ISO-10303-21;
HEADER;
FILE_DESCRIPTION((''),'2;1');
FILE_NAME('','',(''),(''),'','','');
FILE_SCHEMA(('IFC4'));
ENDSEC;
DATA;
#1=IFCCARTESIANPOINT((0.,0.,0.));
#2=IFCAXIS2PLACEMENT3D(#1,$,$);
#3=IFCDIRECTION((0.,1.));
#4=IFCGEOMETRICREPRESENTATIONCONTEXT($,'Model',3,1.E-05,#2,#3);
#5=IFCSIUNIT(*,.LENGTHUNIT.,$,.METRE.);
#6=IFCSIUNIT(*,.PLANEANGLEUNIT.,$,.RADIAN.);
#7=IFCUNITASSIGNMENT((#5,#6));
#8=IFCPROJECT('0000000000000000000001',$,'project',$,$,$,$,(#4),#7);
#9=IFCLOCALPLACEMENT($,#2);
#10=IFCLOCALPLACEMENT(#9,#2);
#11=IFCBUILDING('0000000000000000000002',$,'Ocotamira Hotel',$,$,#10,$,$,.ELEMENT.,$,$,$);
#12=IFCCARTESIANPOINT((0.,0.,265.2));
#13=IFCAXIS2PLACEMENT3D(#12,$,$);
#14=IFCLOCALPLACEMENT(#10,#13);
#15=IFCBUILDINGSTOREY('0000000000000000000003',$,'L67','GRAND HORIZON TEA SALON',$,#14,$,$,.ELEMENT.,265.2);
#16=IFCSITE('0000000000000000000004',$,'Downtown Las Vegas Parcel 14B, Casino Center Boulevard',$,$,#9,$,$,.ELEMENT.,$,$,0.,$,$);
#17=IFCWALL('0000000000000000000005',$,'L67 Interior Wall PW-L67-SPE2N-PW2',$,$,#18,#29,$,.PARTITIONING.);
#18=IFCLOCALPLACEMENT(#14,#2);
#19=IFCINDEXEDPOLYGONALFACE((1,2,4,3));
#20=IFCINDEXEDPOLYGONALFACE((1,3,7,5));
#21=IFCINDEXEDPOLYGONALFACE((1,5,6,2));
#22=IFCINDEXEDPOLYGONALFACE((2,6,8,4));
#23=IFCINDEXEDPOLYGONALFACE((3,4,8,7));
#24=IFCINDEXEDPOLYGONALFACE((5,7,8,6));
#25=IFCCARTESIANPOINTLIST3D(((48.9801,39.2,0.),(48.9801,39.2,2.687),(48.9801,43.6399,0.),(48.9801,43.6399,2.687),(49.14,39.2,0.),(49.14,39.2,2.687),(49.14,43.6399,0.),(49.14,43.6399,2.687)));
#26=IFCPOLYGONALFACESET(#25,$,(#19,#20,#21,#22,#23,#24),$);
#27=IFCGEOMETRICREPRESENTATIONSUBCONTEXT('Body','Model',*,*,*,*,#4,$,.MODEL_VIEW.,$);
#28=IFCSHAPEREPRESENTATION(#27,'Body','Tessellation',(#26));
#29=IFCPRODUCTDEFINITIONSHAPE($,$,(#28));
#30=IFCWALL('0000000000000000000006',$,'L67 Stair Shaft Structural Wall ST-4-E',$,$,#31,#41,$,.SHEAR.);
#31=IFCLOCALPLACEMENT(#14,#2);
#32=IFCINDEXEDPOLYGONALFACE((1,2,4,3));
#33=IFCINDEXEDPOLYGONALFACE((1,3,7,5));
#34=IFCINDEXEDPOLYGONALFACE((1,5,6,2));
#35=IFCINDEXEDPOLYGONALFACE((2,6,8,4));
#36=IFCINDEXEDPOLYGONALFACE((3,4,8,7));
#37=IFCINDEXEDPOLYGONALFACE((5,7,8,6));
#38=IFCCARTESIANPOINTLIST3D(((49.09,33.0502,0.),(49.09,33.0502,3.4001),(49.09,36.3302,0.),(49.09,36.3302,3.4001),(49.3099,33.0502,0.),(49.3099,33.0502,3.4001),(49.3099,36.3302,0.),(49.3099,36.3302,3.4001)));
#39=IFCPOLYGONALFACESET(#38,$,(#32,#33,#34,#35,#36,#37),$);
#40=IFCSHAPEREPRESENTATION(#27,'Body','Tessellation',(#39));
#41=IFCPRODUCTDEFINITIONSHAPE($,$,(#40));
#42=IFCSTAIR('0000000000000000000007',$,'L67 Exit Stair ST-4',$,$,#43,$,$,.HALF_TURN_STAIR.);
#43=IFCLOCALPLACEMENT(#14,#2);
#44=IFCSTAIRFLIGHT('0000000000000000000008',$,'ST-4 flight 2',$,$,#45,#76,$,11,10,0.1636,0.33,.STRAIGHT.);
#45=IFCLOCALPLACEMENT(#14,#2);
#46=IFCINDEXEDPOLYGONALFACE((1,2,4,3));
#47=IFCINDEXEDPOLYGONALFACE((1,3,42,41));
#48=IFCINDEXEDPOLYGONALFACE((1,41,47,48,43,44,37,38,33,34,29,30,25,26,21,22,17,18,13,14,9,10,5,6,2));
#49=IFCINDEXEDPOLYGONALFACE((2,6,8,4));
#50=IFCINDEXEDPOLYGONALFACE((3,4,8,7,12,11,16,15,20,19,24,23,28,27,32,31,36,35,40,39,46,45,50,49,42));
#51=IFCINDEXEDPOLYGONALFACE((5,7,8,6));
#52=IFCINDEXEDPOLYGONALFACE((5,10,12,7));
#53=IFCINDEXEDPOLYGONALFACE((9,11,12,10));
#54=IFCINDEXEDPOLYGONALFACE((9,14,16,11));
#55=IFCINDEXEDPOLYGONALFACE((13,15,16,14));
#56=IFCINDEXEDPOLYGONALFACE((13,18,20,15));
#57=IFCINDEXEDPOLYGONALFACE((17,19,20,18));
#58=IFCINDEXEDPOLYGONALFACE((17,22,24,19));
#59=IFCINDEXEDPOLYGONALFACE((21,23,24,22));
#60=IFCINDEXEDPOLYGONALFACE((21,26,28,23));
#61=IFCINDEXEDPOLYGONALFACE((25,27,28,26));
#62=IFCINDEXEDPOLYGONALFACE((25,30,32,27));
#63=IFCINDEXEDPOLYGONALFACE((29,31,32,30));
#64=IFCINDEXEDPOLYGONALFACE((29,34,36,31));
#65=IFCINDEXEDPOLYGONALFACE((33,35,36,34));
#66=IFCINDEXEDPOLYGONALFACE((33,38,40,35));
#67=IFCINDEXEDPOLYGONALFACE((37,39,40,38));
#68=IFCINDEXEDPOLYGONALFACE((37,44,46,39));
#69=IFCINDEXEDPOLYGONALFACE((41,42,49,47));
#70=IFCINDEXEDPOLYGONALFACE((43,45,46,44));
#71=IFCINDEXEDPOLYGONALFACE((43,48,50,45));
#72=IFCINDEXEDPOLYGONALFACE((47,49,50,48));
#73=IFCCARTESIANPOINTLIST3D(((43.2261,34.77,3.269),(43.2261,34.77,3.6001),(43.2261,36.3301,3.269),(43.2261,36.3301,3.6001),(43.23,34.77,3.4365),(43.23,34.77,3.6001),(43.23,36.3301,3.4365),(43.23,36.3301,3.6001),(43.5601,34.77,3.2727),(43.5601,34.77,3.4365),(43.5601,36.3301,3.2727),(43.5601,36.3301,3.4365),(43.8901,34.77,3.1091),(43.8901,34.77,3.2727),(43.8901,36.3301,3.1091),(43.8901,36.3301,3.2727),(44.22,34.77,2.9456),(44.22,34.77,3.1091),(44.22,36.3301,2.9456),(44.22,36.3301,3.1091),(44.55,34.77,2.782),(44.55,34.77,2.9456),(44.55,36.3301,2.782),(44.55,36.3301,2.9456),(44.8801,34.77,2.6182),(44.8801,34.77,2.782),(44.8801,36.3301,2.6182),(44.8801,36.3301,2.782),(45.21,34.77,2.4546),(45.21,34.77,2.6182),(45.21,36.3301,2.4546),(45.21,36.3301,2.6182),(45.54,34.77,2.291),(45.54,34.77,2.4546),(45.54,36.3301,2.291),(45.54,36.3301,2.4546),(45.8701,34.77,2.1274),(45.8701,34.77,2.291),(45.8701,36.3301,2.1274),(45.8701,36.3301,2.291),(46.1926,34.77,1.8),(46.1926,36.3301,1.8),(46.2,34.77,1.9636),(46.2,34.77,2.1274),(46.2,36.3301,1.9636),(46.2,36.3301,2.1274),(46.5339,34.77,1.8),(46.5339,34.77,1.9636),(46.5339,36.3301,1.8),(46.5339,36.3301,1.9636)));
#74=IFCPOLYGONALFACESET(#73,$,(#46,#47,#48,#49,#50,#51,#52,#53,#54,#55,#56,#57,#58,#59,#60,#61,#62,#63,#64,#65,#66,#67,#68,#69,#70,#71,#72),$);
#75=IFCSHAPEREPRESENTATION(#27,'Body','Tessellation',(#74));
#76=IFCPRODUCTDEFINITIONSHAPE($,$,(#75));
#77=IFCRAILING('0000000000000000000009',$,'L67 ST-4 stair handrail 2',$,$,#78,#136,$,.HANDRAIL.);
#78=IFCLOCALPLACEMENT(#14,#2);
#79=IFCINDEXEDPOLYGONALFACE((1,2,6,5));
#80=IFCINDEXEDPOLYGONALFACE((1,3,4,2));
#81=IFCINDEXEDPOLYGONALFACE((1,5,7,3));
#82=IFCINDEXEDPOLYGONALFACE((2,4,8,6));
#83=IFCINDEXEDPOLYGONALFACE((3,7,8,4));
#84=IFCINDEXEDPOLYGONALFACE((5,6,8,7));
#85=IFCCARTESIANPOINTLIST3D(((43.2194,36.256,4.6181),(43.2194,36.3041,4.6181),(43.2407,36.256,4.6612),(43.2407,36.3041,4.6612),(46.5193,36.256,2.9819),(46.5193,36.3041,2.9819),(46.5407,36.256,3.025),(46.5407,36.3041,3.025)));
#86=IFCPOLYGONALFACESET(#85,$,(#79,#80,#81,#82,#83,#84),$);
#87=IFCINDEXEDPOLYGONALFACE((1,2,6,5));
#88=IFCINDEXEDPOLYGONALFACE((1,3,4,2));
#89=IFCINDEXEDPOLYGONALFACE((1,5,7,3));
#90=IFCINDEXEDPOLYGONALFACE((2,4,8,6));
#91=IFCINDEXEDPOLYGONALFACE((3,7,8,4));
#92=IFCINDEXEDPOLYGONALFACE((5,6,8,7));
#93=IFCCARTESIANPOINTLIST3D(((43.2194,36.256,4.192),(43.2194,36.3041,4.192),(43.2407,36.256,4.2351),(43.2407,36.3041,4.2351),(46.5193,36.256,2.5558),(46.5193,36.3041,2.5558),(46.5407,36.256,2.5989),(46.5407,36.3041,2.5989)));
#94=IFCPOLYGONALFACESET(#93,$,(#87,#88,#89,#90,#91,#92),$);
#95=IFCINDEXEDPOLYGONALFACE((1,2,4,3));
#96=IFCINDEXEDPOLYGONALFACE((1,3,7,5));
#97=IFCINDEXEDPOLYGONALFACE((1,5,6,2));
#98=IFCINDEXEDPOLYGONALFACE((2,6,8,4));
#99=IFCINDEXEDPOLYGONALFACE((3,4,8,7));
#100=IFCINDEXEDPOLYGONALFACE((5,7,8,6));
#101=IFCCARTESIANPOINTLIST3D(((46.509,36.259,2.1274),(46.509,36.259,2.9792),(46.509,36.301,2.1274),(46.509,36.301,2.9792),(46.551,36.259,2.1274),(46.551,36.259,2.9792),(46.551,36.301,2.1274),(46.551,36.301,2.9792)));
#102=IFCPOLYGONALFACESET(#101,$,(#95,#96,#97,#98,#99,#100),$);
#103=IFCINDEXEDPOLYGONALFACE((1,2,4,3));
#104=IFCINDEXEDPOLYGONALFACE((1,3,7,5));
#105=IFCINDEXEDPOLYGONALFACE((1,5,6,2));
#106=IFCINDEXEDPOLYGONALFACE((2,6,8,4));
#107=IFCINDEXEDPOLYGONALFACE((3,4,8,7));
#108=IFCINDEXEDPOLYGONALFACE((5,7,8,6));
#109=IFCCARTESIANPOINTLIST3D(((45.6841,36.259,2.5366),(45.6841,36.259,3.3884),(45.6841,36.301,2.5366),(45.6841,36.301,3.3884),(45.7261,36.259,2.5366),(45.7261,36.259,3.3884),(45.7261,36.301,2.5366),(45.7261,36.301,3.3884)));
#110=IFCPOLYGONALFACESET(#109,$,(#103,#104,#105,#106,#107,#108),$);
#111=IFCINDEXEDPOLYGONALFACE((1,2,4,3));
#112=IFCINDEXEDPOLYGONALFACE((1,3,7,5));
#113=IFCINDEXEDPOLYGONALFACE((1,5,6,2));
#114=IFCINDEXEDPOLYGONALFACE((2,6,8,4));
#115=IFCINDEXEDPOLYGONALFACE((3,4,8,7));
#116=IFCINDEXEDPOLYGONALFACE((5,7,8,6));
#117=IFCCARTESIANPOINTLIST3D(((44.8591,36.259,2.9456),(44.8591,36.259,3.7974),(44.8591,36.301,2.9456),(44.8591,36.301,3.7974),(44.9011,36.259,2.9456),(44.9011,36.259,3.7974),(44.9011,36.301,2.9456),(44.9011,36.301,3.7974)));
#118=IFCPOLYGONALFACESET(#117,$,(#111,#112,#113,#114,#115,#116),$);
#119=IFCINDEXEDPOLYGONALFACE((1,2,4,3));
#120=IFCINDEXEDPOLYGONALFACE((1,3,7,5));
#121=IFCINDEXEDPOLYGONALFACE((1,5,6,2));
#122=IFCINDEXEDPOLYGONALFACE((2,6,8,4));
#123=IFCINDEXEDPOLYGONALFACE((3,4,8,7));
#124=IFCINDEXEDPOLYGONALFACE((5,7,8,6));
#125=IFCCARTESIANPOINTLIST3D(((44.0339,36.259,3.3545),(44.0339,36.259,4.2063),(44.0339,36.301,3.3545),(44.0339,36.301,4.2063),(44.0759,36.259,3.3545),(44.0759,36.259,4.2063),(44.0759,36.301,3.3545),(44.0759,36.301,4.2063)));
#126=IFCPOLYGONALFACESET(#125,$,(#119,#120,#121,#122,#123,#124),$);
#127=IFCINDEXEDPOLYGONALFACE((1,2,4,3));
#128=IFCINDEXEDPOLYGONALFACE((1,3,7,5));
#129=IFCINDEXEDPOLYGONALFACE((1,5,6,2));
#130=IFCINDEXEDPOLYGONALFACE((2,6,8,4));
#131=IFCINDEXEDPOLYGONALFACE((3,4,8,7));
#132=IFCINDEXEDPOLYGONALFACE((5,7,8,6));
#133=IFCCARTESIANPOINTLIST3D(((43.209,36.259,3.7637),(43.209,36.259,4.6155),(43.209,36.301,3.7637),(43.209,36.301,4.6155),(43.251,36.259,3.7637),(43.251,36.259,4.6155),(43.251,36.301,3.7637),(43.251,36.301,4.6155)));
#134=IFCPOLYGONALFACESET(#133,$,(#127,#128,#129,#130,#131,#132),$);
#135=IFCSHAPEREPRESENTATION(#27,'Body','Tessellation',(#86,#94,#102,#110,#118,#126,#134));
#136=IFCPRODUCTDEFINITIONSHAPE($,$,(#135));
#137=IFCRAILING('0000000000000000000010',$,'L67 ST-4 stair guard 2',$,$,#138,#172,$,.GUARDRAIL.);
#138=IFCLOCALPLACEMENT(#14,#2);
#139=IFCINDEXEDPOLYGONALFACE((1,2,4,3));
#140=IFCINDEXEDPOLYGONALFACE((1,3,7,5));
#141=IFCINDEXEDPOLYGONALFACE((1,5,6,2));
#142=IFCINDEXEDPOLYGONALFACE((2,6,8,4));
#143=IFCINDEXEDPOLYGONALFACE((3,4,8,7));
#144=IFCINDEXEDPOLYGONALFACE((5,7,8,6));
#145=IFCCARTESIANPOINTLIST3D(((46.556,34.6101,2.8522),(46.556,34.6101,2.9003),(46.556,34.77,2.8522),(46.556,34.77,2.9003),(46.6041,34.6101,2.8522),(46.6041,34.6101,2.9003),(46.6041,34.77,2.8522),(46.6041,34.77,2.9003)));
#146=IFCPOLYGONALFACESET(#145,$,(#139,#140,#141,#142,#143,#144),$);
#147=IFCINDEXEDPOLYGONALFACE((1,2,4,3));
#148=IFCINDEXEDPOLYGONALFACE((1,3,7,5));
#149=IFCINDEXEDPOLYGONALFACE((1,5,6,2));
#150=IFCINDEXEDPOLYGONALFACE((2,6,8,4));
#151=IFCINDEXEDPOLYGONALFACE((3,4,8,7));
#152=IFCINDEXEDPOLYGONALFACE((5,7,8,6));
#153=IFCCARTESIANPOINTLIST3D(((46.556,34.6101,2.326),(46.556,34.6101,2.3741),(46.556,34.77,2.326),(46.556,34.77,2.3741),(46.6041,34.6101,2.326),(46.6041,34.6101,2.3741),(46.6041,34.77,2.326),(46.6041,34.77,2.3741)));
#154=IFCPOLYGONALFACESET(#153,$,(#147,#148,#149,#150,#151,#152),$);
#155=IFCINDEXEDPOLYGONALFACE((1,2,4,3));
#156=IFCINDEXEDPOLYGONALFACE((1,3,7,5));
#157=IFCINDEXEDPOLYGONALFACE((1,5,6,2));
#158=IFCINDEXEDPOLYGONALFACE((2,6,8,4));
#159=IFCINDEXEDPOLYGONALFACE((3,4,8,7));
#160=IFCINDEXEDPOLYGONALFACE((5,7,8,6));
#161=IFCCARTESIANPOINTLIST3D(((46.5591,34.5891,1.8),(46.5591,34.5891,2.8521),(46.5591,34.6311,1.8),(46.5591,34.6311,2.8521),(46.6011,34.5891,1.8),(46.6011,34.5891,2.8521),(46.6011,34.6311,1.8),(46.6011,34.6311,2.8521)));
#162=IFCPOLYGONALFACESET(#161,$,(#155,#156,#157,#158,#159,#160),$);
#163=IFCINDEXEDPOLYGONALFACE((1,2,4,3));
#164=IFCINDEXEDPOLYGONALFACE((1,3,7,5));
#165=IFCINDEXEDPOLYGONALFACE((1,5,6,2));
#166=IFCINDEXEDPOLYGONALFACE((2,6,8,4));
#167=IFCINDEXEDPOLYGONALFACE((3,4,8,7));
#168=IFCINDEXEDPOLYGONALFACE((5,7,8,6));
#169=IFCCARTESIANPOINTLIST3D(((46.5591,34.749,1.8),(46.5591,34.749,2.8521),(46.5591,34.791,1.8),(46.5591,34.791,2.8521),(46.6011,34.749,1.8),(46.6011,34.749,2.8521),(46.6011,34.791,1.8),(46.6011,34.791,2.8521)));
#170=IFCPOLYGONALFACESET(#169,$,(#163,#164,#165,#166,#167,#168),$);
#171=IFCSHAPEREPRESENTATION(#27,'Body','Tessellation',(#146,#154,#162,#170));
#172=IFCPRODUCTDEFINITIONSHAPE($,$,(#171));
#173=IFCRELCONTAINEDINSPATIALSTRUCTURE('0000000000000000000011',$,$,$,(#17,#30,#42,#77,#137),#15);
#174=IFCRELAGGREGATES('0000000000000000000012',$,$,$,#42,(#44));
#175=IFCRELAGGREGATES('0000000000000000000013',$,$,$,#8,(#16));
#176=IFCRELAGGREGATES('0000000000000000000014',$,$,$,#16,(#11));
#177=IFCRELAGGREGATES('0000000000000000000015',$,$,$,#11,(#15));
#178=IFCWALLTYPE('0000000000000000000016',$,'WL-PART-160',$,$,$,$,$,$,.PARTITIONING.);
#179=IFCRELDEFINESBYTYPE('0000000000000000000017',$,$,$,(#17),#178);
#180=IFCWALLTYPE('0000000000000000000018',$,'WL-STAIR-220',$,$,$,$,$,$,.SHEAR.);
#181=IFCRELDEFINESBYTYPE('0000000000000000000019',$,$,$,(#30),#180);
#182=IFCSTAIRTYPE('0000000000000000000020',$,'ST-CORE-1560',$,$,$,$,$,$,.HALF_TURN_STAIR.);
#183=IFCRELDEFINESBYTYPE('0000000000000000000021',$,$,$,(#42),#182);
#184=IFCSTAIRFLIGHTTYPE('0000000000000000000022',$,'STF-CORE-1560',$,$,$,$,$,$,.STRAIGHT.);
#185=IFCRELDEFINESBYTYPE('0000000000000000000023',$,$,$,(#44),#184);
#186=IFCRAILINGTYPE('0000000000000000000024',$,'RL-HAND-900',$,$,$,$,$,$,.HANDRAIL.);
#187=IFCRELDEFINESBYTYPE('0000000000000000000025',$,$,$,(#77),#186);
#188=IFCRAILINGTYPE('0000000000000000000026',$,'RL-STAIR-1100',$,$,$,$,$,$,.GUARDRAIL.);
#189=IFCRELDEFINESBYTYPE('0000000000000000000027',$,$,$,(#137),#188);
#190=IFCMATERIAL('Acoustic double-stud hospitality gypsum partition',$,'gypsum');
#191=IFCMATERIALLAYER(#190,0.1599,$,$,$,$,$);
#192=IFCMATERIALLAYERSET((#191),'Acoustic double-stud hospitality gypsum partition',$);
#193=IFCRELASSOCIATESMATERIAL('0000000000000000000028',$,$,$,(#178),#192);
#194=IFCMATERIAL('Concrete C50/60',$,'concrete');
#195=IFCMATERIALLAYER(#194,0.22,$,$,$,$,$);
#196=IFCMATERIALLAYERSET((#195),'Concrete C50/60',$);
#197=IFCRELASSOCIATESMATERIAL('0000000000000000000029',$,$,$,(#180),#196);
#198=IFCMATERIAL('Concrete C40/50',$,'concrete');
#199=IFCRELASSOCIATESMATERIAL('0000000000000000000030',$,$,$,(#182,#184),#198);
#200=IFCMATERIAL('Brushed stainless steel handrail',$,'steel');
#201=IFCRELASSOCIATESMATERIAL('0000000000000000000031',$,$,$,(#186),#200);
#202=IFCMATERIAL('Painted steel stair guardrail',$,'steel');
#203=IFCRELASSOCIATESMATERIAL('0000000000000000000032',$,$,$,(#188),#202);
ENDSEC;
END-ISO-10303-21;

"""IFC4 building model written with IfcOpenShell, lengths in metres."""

from ifc_helpers import new_model, si_unit, direction, frame, frame_2d, origin, origin_2d, place, context, subcontext, project, spatial, polyline, rectangle, outline, extrude, source, transform, mapped, material, layer, layer_set, type_object, element, aggregate, save


model = new_model("IFC4")

# Units and contexts
model_context = context("Model", 3, precision=1e-05, world=origin(), true_north=direction((0.0, 1.0)))
body_context = subcontext(model_context, "Body", "Model", "MODEL_VIEW")
ifc_project = project(units=[si_unit("LENGTHUNIT", "METRE"), si_unit("PLANEANGLEUNIT", "RADIAN")], contexts=[model_context])

# Site, building, storey
site_placement = place(None, origin())
site = spatial("IfcSite", under=ifc_project, at=site_placement, Name="Downtown Las Vegas Parcel 14B, Casino Center Boulevard", CompositionType="ELEMENT", RefElevation=0.0)
building_placement = place(site_placement, origin())
building = spatial("IfcBuilding", under=site, at=building_placement, Name="Ocotamira Hotel", CompositionType="ELEMENT")
storey_placement = place(building_placement, frame((0.0, 0.0, 265.2)))
storey = spatial("IfcBuildingStorey", under=building, at=storey_placement, Name="L67", Description="GRAND HORIZON TEA SALON", CompositionType="ELEMENT", Elevation=265.2)

# Walls
ifc_material_1 = material(Name="Acoustic double-stud hospitality gypsum partition", Category="gypsum")
ifc_layer_1 = layer(ifc_material_1, 0.1599)
ifc_layer_set_1 = layer_set([ifc_layer_1], Name="Acoustic double-stud hospitality gypsum partition")
wall_type_1 = type_object("IfcWallType", Name="WL-PART-160", PredefinedType="PARTITIONING", material=ifc_layer_set_1)
for number, where, z_axis, x_axis, name in (
    (1, (49.0601, 39.2, 0.0), (0.0, 0.0, 1.0), (0.0, 1.0, 0.0), "L67 Interior Wall PW-L67-SPE2N-PW2"),
):
    element("IfcWall", number, at=place(storey_placement, frame(where, z_axis=z_axis, x_axis=x_axis)), inside=storey, type_object=wall_type_1, Name=name, PredefinedType="PARTITIONING", context=body_context, shape_type="SweptSolid", body=[
        extrude(rectangle(XDim=4.4399, YDim=0.1599, at=frame_2d((2.22, 0.0))), origin(), (0.0, 0.0, 1.0), 2.687),
    ])
ifc_material_2 = material(Name="Concrete C50/60", Category="concrete")
ifc_layer_2 = layer(ifc_material_2, 0.22)
ifc_layer_set_2 = layer_set([ifc_layer_2], Name="Concrete C50/60")
wall_type_2 = type_object("IfcWallType", Name="WL-STAIR-220", PredefinedType="SHEAR", material=ifc_layer_set_2)
wall_1_placement = place(storey_placement, frame((49.2, 33.05, 0.0), z_axis=(0.0, 0.0, 1.0), x_axis=(0.0, 1.0, 0.0)))
element("IfcWall", 2, at=wall_1_placement, inside=storey, type_object=wall_type_2, Name="L67 Stair Shaft Structural Wall ST-4-E", PredefinedType="SHEAR", context=body_context, shape_type="SweptSolid", body=[
    extrude(rectangle(XDim=3.28, YDim=0.22, at=frame_2d((1.6401, 0.0))), origin(), (0.0, 0.0, 1.0), 3.4001),
])

# Stair, stair flight
ifc_material_3 = material(Name="Concrete C40/50", Category="concrete")
stair_type = type_object("IfcStairType", Name="ST-CORE-1560", PredefinedType="HALF_TURN_STAIR", material=ifc_material_3)
stair_placement = place(storey_placement, origin())
stair = element("IfcStair", 3, at=stair_placement, inside=storey, type_object=stair_type, Name="L67 Exit Stair ST-4", PredefinedType="HALF_TURN_STAIR")
stair_flight_type = type_object("IfcStairFlightType", Name="STF-CORE-1560", PredefinedType="STRAIGHT", material=ifc_material_3)
shared_shape_1 = source(origin(), body_context, "Body", "SweptSolid", [
    extrude(outline(polyline([(-0.0039, 0.0), (-0.0039, 0.1636), (0.3301, 0.1636), (0.3301, 0.3274), (0.6599, 0.3274), (0.6599, 0.491), (0.99, 0.491), (0.99, 0.6545), (1.3201, 0.6545), (1.3201, 0.8181), (1.6499, 0.8181), (1.6499, 0.9819), (1.98, 0.9819), (1.98, 1.1455), (2.3101, 1.1455), (2.3101, 1.3091), (2.6399, 1.3091), (2.6399, 1.4727), (2.97, 1.4727), (2.97, 1.6365), (3.3, 1.6365), (3.3, 1.8), (3.304, 1.8), (3.304, 1.469), (0.3374, 0.0), (-0.0039, 0.0)])), frame((0.0, 0.78, 0.0), z_axis=(0.0, -1.0, 0.0), x_axis=(1.0, 0.0, 0.0)), (0.0, 0.0, 1.0), 1.5601),
])
stair_flight_placement = place(storey_placement, frame((46.53, 35.55, 1.8), z_axis=(0.0, 0.0, 1.0), x_axis=(-1.0, 0.0, 0.0)))
stair_flight = element("IfcStairFlight", 4, at=stair_flight_placement, type_object=stair_flight_type, Name="ST-4 flight 2", NumberOfRisers=11, NumberOfTreads=10, PredefinedType="STRAIGHT", RiserHeight=0.1636, TreadLength=0.33, context=body_context, shape_type="MappedRepresentation", body=[
    mapped(shared_shape_1, transform((0.0, 0.0, 0.0), scale=1.0)),
])
aggregate(stair, [stair_flight])

# Railings
ifc_material_4 = material(Name="Brushed stainless steel handrail", Category="steel")
railing_type_1 = type_object("IfcRailingType", Name="RL-HAND-900", PredefinedType="HANDRAIL", material=ifc_material_4)
railing_1_placement = place(storey_placement, frame((46.53, 36.28, 2.1274)))
element("IfcRailing", 5, at=railing_1_placement, inside=storey, type_object=railing_type_1, Name="L67 ST-4 stair handrail 2", PredefinedType="HANDRAIL", context=body_context, shape_type="SweptSolid", body=[
    extrude(rectangle(XDim=0.0481, YDim=0.0481, at=origin_2d()), frame((0.0, 0.0, 0.876), z_axis=(-0.89592, 0.0, 0.444215), x_axis=(0.0, -1.0, 0.0)), (0.0, 0.0, 1.0), 3.6833),
    extrude(rectangle(XDim=0.0481, YDim=0.0481, at=origin_2d()), frame((0.0, 0.0, 0.45), z_axis=(-0.89592, 0.0, 0.444215), x_axis=(0.0, -1.0, 0.0)), (0.0, 0.0, 1.0), 3.6833),
    extrude(rectangle(XDim=0.042, YDim=0.042, at=origin_2d()), origin(), (0.0, 0.0, 1.0), 0.8518),
    extrude(rectangle(XDim=0.042, YDim=0.042, at=origin_2d()), frame((-0.825, 0.0, 0.4092)), (0.0, 0.0, 1.0), 0.8518),
    extrude(rectangle(XDim=0.042, YDim=0.042, at=origin_2d()), frame((-1.6499, 0.0, 0.8181)), (0.0, 0.0, 1.0), 0.8518),
    extrude(rectangle(XDim=0.042, YDim=0.042, at=origin_2d()), frame((-2.4751, 0.0, 1.2271)), (0.0, 0.0, 1.0), 0.8518),
    extrude(rectangle(XDim=0.042, YDim=0.042, at=origin_2d()), frame((-3.3, 0.0, 1.6362)), (0.0, 0.0, 1.0), 0.8518),
])
ifc_material_5 = material(Name="Painted steel stair guardrail", Category="steel")
railing_type_2 = type_object("IfcRailingType", Name="RL-STAIR-1100", PredefinedType="GUARDRAIL", material=ifc_material_5)
railing_2_placement = place(storey_placement, frame((46.5801, 34.6101, 1.8)))
element("IfcRailing", 6, at=railing_2_placement, inside=storey, type_object=railing_type_2, Name="L67 ST-4 stair guard 2", PredefinedType="GUARDRAIL", context=body_context, shape_type="SweptSolid", body=[
    extrude(rectangle(XDim=0.0481, YDim=0.0481, at=origin_2d()), frame((0.0, 0.0, 1.0762), z_axis=(0.0, 1.0, 0.0), x_axis=(-1.0, 0.0, 0.0)), (0.0, 0.0, 1.0), 0.1599),
    extrude(rectangle(XDim=0.0481, YDim=0.0481, at=origin_2d()), frame((0.0, 0.0, 0.55), z_axis=(0.0, 1.0, 0.0), x_axis=(-1.0, 0.0, 0.0)), (0.0, 0.0, 1.0), 0.1599),
    extrude(rectangle(XDim=0.042, YDim=0.042, at=origin_2d()), origin(), (0.0, 0.0, 1.0), 1.052),
    extrude(rectangle(XDim=0.042, YDim=0.042, at=origin_2d()), frame((0.0, 0.1599, 0.0)), (0.0, 0.0, 1.0), 1.052),
])

save(model, "model.ifc")
